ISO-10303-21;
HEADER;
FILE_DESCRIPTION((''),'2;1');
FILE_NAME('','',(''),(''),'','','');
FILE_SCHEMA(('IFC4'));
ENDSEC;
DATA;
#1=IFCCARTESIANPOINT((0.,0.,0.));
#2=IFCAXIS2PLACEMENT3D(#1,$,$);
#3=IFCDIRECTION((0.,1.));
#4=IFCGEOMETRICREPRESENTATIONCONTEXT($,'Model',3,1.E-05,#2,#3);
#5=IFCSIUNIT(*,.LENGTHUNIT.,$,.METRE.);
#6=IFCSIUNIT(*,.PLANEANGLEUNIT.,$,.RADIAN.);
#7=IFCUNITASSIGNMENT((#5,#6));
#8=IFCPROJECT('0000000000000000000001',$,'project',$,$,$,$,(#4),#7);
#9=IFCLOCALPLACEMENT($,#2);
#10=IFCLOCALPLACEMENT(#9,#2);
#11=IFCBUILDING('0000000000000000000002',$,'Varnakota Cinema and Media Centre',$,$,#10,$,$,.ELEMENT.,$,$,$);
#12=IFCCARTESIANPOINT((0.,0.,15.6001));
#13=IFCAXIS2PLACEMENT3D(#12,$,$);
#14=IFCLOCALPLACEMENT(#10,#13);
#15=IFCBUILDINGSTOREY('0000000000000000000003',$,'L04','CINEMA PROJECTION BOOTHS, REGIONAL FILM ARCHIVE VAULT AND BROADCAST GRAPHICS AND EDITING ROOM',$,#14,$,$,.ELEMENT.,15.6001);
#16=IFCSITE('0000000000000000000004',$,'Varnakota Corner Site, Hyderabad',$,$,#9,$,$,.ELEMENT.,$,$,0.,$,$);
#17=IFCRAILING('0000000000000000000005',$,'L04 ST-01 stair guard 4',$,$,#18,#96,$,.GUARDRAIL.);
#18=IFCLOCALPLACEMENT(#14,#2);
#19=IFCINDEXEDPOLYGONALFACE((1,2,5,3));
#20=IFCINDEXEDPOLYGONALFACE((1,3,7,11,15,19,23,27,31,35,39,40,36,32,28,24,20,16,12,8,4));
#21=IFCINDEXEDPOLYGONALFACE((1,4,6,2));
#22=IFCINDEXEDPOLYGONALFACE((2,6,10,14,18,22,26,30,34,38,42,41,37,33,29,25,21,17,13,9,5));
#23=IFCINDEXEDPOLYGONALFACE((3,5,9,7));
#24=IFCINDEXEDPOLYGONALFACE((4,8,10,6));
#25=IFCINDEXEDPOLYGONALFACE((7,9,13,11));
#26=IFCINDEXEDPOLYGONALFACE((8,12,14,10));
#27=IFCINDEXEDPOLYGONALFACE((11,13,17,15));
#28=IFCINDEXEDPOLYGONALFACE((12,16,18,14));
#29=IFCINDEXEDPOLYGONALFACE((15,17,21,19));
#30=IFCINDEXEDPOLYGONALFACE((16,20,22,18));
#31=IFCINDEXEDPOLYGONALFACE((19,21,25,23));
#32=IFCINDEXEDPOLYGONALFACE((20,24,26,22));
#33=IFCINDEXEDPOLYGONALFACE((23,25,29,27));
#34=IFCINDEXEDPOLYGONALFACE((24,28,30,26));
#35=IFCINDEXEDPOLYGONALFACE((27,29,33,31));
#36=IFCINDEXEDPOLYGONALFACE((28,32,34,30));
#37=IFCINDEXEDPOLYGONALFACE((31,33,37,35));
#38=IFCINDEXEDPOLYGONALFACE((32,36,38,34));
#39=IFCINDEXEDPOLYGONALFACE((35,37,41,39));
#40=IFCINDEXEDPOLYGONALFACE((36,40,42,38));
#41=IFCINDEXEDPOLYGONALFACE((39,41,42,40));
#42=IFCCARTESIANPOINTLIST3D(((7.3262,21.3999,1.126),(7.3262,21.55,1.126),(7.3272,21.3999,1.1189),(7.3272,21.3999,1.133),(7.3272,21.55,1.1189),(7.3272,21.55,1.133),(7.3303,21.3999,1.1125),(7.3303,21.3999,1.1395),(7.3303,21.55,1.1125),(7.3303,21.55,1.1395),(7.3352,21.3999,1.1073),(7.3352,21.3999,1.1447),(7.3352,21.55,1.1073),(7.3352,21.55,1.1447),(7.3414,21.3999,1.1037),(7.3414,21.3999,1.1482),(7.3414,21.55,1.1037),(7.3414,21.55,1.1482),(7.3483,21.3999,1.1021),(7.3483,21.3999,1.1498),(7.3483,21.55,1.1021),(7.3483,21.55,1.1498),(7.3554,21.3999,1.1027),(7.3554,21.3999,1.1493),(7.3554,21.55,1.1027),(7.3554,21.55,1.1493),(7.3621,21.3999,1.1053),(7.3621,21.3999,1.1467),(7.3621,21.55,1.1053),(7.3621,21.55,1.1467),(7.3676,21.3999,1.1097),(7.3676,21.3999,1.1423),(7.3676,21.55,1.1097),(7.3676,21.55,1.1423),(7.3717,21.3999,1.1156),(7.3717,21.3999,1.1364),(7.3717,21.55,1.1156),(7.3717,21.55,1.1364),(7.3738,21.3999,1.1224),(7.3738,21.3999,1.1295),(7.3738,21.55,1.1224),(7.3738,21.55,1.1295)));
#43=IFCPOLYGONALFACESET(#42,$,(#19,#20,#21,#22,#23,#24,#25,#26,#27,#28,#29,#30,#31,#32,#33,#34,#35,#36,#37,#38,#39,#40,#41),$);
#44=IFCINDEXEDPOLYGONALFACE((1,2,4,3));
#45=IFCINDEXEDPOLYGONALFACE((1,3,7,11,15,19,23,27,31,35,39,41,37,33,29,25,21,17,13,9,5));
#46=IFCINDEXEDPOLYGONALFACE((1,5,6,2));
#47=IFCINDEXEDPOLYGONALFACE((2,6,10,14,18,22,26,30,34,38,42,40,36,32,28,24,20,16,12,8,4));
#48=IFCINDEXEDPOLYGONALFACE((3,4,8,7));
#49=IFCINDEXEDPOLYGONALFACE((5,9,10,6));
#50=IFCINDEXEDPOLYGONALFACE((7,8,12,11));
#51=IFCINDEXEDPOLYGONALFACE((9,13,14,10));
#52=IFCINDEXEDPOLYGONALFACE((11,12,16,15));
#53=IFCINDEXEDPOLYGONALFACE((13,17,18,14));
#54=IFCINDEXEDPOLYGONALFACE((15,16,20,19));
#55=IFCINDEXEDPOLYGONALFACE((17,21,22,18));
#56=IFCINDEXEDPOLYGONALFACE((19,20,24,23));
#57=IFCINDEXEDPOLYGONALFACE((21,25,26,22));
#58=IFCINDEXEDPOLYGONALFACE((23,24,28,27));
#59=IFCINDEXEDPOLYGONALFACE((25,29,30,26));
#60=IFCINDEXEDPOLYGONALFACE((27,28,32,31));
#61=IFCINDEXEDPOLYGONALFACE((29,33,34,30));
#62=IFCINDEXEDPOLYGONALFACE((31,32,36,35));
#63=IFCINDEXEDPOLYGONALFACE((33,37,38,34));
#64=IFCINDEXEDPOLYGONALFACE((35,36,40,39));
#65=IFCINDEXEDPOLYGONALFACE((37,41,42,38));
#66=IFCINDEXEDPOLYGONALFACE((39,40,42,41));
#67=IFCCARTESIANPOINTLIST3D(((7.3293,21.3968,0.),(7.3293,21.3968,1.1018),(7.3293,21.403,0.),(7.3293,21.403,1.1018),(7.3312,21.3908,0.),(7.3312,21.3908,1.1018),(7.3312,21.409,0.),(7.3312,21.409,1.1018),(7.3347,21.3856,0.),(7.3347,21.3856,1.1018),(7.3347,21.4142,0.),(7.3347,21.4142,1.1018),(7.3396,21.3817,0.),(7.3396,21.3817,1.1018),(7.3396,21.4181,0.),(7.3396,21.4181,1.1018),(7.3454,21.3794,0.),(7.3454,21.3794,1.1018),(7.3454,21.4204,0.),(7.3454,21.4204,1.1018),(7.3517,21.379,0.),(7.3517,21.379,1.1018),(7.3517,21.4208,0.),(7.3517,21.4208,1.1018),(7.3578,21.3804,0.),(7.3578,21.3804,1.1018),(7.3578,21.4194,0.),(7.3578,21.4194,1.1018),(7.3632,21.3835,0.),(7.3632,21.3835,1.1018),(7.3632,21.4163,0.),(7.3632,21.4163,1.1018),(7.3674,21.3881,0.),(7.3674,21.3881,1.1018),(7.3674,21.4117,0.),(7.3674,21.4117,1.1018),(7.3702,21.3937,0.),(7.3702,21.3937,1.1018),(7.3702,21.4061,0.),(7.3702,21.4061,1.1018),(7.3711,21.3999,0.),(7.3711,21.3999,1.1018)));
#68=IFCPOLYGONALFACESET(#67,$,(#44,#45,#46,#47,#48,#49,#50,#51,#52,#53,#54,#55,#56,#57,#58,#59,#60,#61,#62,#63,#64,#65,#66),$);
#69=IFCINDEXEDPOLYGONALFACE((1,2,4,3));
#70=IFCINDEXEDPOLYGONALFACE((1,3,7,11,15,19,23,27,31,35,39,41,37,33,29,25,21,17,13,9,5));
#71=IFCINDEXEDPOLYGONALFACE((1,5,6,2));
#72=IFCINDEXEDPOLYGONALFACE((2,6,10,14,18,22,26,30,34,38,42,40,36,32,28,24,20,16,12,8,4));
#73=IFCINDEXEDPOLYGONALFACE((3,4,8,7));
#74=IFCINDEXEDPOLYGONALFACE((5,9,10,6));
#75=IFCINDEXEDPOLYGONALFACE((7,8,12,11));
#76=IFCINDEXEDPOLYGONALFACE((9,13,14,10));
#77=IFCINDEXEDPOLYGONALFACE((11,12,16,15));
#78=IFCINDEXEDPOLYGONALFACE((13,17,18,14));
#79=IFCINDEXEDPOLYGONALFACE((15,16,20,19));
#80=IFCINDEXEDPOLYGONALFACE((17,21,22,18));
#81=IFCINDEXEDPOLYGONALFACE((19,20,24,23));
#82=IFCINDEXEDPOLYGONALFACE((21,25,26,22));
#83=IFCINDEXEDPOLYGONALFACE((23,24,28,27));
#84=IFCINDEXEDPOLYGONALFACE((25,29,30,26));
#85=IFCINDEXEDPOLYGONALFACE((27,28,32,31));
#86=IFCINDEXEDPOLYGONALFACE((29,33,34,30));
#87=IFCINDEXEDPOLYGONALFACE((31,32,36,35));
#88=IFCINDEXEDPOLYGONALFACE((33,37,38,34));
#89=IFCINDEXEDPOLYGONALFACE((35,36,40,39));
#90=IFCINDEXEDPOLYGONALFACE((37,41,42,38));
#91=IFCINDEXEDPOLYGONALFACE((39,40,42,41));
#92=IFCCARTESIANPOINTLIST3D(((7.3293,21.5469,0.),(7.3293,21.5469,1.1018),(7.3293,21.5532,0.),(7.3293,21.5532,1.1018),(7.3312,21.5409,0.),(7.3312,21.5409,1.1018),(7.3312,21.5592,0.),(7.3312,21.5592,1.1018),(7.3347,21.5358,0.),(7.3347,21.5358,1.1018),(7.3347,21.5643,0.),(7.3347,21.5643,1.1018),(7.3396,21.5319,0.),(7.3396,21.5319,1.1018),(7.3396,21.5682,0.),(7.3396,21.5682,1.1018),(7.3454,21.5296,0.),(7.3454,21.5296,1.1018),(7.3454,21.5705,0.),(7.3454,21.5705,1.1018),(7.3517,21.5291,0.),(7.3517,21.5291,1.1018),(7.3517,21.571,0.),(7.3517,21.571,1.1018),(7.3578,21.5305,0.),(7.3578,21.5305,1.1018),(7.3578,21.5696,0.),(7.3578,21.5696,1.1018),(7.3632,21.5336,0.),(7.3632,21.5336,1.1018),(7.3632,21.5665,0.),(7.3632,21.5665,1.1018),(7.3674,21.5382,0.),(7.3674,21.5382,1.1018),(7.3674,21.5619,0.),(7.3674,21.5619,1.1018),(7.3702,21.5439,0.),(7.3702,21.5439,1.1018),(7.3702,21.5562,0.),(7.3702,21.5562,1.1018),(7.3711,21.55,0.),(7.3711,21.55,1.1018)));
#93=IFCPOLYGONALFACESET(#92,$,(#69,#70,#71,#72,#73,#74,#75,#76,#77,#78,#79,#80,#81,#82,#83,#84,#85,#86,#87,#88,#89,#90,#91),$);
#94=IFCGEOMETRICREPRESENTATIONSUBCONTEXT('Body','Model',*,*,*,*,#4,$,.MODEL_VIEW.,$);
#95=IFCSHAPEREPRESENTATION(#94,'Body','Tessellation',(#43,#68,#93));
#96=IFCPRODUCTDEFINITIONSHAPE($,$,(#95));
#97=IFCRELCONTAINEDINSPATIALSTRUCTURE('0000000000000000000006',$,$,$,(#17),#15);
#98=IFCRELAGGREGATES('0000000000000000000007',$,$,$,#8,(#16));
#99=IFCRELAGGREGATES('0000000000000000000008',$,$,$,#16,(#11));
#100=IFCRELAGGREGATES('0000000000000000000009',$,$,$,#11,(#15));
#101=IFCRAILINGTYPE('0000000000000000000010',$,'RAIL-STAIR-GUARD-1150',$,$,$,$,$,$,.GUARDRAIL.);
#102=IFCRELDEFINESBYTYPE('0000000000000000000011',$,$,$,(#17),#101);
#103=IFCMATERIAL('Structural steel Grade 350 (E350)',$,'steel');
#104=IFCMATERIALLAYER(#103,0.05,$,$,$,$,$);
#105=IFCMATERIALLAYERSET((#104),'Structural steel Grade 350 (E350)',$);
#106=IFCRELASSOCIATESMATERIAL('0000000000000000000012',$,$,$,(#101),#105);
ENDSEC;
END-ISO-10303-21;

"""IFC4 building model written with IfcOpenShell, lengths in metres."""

from ifc_helpers import new_model, si_unit, direction, frame, origin, origin_2d, place, context, subcontext, project, spatial, circle, extrude, material, layer, layer_set, type_object, element, save


model = new_model("IFC4")

# Units and contexts
model_context = context("Model", 3, precision=1e-05, world=origin(), true_north=direction((0.0, 1.0)))
body_context = subcontext(model_context, "Body", "Model", "MODEL_VIEW")
ifc_project = project(units=[si_unit("LENGTHUNIT", "METRE"), si_unit("PLANEANGLEUNIT", "RADIAN")], contexts=[model_context])

# Site, building, storey
site_placement = place(None, origin())
site = spatial("IfcSite", under=ifc_project, at=site_placement, Name="Varnakota Corner Site, Hyderabad", CompositionType="ELEMENT", RefElevation=0.0)
building_placement = place(site_placement, origin())
building = spatial("IfcBuilding", under=site, at=building_placement, Name="Varnakota Cinema and Media Centre", CompositionType="ELEMENT")
storey_placement = place(building_placement, frame((0.0, 0.0, 15.6001)))
storey = spatial("IfcBuildingStorey", under=building, at=storey_placement, Name="L04", Description="CINEMA PROJECTION BOOTHS, REGIONAL FILM ARCHIVE VAULT AND BROADCAST GRAPHICS AND EDITING ROOM", CompositionType="ELEMENT", Elevation=15.6001)

# Railing
ifc_material_1 = material(Name="Structural steel Grade 350 (E350)", Category="steel")
ifc_layer_1 = layer(ifc_material_1, 0.05)
ifc_layer_set_1 = layer_set([ifc_layer_1], Name="Structural steel Grade 350 (E350)")
railing_type_1 = type_object("IfcRailingType", Name="RAIL-STAIR-GUARD-1150", PredefinedType="GUARDRAIL", material=ifc_layer_set_1)
railing_1_placement = place(storey_placement, frame((7.3501, 21.3999, 0.0)))
element("IfcRailing", 1, at=railing_1_placement, inside=storey, type_object=railing_type_1, Name="L04 ST-01 stair guard 4", PredefinedType="GUARDRAIL", context=body_context, shape_type="SweptSolid", body=[
    extrude(circle(Radius=0.0239, at=origin_2d()), frame((0.0, 0.0, 1.126), z_axis=(0.0, 1.0, 0.0), x_axis=(-1.0, 0.0, 0.0)), (0.0, 0.0, 1.0), 0.1501),
    extrude(circle(Radius=0.021, at=origin_2d()), origin(), (0.0, 0.0, 1.0), 1.1018),
    extrude(circle(Radius=0.021, at=origin_2d()), frame((0.0, 0.1501, 0.0)), (0.0, 0.0, 1.0), 1.1018),
])

save(model, "model.ifc")
